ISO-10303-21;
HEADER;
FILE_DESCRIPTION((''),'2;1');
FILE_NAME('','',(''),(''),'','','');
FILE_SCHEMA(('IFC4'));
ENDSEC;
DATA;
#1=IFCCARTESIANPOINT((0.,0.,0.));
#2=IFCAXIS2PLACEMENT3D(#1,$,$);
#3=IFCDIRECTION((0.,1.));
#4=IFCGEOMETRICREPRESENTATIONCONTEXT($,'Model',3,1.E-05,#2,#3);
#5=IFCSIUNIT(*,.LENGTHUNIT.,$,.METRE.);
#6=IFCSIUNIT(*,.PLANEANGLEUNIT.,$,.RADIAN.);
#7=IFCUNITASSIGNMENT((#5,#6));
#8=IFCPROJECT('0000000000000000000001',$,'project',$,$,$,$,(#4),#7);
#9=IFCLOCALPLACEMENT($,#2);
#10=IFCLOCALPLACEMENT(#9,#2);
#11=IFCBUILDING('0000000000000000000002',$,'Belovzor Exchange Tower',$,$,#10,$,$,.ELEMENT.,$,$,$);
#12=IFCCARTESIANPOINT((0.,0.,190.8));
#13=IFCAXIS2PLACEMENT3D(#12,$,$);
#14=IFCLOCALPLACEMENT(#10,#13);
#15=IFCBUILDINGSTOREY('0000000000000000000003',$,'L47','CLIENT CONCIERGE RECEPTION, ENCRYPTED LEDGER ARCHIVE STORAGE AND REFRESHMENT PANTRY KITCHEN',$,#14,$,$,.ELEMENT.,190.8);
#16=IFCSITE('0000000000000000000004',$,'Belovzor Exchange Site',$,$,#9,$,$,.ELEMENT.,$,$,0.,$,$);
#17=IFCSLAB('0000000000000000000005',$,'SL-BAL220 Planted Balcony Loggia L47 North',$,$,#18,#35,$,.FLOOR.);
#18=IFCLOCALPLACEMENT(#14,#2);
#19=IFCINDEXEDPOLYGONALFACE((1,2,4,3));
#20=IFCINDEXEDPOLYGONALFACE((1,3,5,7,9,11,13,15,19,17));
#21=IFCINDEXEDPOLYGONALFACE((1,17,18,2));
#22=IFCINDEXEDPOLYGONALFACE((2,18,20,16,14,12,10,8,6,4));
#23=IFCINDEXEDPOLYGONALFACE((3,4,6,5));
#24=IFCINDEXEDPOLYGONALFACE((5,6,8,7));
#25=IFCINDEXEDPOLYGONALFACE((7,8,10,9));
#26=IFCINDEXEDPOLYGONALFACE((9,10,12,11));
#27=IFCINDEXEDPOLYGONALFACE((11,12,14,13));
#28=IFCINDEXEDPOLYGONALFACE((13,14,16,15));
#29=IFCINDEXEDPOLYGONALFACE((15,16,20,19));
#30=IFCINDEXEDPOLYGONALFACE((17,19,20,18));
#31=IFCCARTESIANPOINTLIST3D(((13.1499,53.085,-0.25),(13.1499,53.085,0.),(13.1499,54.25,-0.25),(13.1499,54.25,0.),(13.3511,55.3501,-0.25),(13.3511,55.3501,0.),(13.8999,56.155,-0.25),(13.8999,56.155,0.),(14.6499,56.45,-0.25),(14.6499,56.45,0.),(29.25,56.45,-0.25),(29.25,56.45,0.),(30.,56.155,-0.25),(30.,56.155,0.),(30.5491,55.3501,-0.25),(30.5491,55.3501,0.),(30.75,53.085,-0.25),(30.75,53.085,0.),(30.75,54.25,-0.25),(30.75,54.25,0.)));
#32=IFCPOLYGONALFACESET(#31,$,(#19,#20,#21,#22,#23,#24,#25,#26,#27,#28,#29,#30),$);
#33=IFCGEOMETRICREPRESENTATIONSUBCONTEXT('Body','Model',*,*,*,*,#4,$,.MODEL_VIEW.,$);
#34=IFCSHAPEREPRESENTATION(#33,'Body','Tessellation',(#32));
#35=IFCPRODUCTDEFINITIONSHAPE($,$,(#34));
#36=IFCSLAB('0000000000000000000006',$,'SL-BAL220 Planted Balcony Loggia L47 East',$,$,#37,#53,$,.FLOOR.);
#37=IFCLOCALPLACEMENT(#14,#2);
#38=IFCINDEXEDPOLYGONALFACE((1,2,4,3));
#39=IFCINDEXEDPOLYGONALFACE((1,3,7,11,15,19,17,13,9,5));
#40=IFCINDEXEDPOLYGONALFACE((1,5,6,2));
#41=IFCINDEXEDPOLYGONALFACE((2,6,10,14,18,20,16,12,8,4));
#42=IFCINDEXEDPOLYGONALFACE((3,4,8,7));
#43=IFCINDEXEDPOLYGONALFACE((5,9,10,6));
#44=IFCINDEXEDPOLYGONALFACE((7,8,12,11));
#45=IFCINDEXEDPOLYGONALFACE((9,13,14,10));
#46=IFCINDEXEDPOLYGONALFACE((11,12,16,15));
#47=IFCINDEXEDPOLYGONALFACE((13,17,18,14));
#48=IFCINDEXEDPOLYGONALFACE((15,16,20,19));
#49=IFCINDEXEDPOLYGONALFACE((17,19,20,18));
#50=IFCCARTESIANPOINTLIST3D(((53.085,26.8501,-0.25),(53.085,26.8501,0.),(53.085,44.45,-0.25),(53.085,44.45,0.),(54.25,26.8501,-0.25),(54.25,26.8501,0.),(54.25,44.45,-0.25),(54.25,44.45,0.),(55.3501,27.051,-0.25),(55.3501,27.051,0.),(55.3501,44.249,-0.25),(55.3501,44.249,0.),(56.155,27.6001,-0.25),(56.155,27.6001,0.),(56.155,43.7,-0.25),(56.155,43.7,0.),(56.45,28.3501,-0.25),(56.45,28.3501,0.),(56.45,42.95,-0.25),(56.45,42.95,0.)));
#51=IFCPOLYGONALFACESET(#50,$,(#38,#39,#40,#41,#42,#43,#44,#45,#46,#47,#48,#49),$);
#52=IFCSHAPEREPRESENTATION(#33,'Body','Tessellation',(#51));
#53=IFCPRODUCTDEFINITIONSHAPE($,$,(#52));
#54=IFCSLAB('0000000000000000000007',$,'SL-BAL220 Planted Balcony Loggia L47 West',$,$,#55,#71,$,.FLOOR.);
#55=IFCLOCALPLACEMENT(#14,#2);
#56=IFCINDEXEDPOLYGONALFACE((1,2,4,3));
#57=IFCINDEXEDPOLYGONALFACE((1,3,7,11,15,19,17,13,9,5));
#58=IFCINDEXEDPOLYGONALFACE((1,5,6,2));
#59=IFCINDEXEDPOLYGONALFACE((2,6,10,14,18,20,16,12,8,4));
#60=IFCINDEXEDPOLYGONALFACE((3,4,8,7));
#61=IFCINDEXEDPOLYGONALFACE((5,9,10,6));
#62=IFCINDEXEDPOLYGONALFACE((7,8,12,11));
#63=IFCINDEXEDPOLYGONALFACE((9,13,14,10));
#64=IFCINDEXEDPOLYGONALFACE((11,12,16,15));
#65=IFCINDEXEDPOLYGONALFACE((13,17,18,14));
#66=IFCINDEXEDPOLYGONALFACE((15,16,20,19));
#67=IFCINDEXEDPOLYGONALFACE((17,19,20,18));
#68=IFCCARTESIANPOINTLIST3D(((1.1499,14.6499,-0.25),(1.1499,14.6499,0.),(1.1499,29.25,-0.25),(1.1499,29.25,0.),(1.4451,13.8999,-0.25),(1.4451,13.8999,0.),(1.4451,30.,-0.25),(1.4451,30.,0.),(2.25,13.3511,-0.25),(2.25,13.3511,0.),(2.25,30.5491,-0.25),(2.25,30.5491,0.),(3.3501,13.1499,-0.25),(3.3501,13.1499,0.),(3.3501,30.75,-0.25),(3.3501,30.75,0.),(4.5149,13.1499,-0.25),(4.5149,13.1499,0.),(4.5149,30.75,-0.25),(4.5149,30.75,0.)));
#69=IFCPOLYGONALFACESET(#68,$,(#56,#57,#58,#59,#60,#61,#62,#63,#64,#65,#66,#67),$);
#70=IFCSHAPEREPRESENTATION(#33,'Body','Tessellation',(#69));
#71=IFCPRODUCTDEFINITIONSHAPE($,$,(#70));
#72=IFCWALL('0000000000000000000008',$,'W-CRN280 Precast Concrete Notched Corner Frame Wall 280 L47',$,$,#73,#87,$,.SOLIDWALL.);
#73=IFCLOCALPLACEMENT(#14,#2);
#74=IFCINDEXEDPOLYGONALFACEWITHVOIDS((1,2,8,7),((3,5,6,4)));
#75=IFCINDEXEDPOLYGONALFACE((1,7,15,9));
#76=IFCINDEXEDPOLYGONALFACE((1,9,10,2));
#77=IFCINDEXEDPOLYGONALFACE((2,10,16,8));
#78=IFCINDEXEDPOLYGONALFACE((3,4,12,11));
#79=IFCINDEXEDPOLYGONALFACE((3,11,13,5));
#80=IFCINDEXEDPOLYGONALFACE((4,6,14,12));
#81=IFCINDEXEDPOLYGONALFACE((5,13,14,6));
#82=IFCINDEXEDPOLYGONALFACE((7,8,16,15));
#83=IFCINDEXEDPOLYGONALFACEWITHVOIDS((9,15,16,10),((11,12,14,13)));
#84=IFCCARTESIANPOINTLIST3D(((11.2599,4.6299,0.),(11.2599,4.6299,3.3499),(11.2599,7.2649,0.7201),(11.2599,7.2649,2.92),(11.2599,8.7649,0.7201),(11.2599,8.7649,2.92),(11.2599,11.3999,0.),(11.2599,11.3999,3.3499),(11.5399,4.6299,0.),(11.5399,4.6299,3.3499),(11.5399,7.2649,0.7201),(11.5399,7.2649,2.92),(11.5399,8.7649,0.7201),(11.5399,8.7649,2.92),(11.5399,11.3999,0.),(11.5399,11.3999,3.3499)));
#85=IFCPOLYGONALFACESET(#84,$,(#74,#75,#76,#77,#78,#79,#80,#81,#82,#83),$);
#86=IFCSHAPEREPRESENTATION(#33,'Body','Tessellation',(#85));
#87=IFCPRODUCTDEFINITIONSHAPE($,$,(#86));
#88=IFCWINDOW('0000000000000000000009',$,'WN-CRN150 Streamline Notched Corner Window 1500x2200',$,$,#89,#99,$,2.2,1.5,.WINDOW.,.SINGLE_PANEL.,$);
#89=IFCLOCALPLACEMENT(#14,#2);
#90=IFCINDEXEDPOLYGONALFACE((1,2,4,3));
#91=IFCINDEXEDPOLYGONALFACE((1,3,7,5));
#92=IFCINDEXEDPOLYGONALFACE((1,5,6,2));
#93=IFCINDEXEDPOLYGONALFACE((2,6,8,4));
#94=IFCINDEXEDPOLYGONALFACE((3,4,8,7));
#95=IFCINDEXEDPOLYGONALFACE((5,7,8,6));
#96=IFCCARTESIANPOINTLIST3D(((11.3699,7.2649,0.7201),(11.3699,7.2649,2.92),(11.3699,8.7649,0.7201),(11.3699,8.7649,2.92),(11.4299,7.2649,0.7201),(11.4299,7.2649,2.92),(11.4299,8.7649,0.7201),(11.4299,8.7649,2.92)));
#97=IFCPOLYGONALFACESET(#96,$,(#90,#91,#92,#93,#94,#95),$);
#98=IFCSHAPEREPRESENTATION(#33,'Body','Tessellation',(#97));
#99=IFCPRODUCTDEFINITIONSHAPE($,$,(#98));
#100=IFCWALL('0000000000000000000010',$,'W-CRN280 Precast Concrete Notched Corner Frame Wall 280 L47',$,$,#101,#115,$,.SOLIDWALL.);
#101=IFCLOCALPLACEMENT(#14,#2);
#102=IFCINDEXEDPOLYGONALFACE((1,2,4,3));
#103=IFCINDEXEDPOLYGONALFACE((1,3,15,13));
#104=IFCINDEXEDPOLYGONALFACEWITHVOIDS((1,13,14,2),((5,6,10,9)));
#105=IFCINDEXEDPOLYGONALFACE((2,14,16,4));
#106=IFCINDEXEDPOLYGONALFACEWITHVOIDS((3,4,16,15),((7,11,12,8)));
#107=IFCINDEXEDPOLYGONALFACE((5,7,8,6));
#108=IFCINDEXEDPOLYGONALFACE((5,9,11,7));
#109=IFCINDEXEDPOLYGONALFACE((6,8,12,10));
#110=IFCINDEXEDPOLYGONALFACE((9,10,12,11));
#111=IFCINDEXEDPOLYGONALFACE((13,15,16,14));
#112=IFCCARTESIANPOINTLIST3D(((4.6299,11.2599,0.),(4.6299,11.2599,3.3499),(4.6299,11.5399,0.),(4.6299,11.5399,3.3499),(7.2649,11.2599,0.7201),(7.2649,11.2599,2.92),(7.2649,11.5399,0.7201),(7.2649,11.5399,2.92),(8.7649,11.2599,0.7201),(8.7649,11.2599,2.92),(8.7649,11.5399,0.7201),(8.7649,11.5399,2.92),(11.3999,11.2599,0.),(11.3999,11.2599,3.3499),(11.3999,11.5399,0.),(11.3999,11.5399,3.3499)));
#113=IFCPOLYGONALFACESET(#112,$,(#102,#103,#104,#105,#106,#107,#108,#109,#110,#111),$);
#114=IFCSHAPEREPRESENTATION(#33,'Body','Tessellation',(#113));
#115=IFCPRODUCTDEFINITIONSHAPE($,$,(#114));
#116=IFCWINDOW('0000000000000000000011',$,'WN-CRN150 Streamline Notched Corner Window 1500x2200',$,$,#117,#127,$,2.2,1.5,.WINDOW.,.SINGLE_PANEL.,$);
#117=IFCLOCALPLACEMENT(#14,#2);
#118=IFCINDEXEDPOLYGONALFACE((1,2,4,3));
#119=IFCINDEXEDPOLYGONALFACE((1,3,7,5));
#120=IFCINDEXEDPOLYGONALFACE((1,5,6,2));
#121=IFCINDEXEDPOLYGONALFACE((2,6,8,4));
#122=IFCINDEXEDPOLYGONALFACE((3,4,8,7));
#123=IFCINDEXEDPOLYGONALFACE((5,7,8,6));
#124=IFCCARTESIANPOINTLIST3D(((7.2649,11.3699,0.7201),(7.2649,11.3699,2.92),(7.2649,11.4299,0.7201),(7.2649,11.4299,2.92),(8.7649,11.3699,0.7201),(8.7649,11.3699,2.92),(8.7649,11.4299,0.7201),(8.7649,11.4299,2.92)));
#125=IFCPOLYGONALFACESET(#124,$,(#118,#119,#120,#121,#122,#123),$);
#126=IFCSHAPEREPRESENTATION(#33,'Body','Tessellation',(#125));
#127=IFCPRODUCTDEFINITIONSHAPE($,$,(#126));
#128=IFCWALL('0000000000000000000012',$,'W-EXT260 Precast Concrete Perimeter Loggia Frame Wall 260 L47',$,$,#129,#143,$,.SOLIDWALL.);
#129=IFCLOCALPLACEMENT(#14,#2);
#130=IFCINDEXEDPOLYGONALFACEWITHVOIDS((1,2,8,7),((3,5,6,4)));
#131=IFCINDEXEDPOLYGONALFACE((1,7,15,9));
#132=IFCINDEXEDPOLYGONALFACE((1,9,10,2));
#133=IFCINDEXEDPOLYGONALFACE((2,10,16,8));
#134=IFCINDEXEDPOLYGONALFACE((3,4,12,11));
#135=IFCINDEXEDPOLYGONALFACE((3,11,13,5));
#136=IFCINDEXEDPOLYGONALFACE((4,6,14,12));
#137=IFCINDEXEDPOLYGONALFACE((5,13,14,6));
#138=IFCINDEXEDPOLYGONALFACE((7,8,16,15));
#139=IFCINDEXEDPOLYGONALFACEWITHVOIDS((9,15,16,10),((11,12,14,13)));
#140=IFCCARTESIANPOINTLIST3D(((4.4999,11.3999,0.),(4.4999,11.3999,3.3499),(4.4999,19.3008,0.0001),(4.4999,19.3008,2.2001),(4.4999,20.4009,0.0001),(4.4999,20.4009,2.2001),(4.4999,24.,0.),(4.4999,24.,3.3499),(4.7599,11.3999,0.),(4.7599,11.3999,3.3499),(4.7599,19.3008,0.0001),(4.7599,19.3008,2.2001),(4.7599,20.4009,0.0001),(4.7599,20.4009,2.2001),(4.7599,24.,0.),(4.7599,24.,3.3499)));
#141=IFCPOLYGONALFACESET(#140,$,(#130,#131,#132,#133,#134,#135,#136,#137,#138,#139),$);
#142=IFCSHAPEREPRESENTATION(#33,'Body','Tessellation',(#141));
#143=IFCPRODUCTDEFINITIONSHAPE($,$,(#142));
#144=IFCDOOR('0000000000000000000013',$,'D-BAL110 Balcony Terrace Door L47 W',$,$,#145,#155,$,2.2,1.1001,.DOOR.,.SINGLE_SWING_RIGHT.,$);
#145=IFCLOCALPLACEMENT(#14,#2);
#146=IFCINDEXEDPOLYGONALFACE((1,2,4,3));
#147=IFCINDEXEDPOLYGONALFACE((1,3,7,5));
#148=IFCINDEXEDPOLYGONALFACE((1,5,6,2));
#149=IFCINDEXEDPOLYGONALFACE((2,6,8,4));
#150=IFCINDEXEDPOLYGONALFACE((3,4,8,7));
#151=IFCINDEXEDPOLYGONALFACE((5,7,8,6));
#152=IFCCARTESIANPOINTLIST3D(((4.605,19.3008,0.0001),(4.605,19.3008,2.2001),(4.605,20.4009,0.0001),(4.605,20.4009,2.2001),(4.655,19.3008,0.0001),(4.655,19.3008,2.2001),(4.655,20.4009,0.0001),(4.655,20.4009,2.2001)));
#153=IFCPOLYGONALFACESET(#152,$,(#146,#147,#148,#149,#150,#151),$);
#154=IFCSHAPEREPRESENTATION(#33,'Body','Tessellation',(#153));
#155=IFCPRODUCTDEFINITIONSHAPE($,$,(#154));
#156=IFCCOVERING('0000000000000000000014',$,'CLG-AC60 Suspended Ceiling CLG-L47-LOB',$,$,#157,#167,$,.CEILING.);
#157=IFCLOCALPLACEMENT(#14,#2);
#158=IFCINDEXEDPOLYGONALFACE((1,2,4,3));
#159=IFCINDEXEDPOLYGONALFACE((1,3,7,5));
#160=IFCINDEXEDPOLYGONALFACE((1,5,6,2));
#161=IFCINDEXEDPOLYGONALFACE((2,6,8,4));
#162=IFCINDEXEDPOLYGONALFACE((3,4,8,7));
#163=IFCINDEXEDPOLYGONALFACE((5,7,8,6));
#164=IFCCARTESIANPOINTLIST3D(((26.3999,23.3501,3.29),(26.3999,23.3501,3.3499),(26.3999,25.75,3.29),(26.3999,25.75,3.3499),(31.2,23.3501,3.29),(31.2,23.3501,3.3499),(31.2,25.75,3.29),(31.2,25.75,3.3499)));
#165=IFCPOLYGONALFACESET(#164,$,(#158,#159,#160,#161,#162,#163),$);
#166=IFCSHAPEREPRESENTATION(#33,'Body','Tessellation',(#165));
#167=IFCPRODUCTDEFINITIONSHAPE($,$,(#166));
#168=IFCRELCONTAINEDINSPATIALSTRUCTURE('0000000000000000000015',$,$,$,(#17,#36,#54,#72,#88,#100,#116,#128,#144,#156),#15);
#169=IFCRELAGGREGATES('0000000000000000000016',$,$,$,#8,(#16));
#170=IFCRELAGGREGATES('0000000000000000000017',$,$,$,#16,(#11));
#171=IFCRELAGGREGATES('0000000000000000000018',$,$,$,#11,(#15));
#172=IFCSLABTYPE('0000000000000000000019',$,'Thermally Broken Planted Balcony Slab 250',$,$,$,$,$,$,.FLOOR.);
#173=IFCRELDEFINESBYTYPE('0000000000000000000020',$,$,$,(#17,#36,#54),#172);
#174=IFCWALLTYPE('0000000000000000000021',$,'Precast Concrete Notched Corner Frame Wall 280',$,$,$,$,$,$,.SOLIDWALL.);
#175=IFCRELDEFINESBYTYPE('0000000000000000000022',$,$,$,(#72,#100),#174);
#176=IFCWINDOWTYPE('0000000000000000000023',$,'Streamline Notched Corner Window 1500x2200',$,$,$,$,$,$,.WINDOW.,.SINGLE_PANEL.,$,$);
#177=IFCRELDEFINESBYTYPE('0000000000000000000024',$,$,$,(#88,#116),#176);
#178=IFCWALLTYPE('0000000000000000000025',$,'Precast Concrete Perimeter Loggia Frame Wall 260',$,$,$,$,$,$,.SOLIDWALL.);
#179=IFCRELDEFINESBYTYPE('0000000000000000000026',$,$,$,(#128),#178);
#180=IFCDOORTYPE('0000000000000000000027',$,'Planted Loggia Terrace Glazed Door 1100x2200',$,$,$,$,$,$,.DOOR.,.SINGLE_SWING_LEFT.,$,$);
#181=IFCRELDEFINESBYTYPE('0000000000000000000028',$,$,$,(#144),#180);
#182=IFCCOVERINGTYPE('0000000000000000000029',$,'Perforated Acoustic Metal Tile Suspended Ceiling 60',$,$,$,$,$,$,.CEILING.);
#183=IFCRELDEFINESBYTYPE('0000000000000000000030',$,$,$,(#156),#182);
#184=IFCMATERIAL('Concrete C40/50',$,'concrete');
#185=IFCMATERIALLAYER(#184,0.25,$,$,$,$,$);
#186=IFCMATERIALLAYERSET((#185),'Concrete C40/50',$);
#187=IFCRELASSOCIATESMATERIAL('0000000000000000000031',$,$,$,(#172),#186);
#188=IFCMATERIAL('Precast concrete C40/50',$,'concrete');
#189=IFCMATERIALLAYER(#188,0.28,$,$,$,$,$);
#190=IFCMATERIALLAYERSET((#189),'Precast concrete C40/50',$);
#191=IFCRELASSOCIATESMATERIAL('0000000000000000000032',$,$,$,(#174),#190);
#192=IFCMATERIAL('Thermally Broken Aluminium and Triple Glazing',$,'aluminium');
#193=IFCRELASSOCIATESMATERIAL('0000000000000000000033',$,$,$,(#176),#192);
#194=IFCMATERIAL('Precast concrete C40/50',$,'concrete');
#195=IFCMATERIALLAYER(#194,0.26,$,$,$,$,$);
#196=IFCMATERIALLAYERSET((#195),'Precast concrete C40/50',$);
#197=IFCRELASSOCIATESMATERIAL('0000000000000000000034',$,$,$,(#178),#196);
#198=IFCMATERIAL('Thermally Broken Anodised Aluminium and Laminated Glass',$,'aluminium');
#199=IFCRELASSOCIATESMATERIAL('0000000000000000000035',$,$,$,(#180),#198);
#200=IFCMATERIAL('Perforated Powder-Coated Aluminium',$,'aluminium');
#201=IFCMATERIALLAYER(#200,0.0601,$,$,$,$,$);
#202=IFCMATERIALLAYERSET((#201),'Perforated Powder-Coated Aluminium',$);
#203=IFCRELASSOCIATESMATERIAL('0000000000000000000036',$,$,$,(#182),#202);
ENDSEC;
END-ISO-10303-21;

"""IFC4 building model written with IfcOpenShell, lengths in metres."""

from ifc_helpers import new_model, si_unit, direction, frame, frame_2d, origin, place, context, subcontext, project, spatial, polyline, rectangle, outline, extrude, material, layer, layer_set, type_object, element, fill, save


model = new_model("IFC4")

# Units and contexts
model_context = context("Model", 3, precision=1e-05, world=origin(), true_north=direction((0.0, 1.0)))
body_context = subcontext(model_context, "Body", "Model", "MODEL_VIEW")
ifc_project = project(units=[si_unit("LENGTHUNIT", "METRE"), si_unit("PLANEANGLEUNIT", "RADIAN")], contexts=[model_context])

# Site, building, storey
site_placement = place(None, origin())
site = spatial("IfcSite", under=ifc_project, at=site_placement, Name="Belovzor Exchange Site", CompositionType="ELEMENT", RefElevation=0.0)
building_placement = place(site_placement, origin())
building = spatial("IfcBuilding", under=site, at=building_placement, Name="Belovzor Exchange Tower", CompositionType="ELEMENT")
storey_placement = place(building_placement, frame((0.0, 0.0, 190.8)))
storey = spatial("IfcBuildingStorey", under=building, at=storey_placement, Name="L47", Description="CLIENT CONCIERGE RECEPTION, ENCRYPTED LEDGER ARCHIVE STORAGE AND REFRESHMENT PANTRY KITCHEN", CompositionType="ELEMENT", Elevation=190.8)

# Slabs
ifc_material_1 = material(Name="Concrete C40/50", Category="concrete")
ifc_layer_1 = layer(ifc_material_1, 0.25)
ifc_layer_set_1 = layer_set([ifc_layer_1], Name="Concrete C40/50")
slab_type_1 = type_object("IfcSlabType", Name="Thermally Broken Planted Balcony Slab 250", PredefinedType="FLOOR", material=ifc_layer_set_1)
slab_1_placement = place(storey_placement, frame((0.0, 0.0, -0.25)))
element("IfcSlab", 1, at=slab_1_placement, inside=storey, type_object=slab_type_1, Name="SL-BAL220 Planted Balcony Loggia L47 North", PredefinedType="FLOOR", context=body_context, shape_type="SweptSolid", body=[
    extrude(outline(polyline([(30.75, 53.085), (30.75, 54.25), (30.5491, 55.3501), (30.0, 56.155), (29.25, 56.45), (14.6499, 56.45), (13.8999, 56.155), (13.3511, 55.3501), (13.1499, 54.25), (13.1499, 53.085), (30.75, 53.085)])), origin(), (0.0, 0.0, 1.0), 0.25),
])
slab_2_placement = place(storey_placement, frame((0.0, 0.0, -0.25)))
element("IfcSlab", 2, at=slab_2_placement, inside=storey, type_object=slab_type_1, Name="SL-BAL220 Planted Balcony Loggia L47 East", PredefinedType="FLOOR", context=body_context, shape_type="SweptSolid", body=[
    extrude(outline(polyline([(53.085, 26.8501), (54.25, 26.8501), (55.3501, 27.051), (56.155, 27.6001), (56.45, 28.3501), (56.45, 42.95), (56.155, 43.7), (55.3501, 44.249), (54.25, 44.45), (53.085, 44.45), (53.085, 26.8501)])), origin(), (0.0, 0.0, 1.0), 0.25),
])
slab_3_placement = place(storey_placement, frame((0.0, 0.0, -0.25)))
element("IfcSlab", 3, at=slab_3_placement, inside=storey, type_object=slab_type_1, Name="SL-BAL220 Planted Balcony Loggia L47 West", PredefinedType="FLOOR", context=body_context, shape_type="SweptSolid", body=[
    extrude(outline(polyline([(4.5149, 30.75), (3.3501, 30.75), (2.25, 30.5491), (1.4451, 30.0), (1.1499, 29.25), (1.1499, 14.6499), (1.4451, 13.8999), (2.25, 13.3511), (3.3501, 13.1499), (4.5149, 13.1499), (4.5149, 30.75)])), origin(), (0.0, 0.0, 1.0), 0.25),
])

# Walls, openings, windows
ifc_material_2 = material(Name="Precast concrete C40/50", Category="concrete")
ifc_layer_2 = layer(ifc_material_2, 0.28)
ifc_layer_set_2 = layer_set([ifc_layer_2], Name="Precast concrete C40/50")
wall_type_1 = type_object("IfcWallType", Name="Precast Concrete Notched Corner Frame Wall 280", PredefinedType="SOLIDWALL", material=ifc_layer_set_2)
wall_1_placement = place(storey_placement, frame((11.3999, 4.6299, 0.0), z_axis=(0.0, 0.0, 1.0), x_axis=(0.0, 1.0, 0.0)))
wall_1 = element("IfcWall", 4, at=wall_1_placement, inside=storey, type_object=wall_type_1, Name="W-CRN280 Precast Concrete Notched Corner Frame Wall 280 L47", PredefinedType="SOLIDWALL", context=body_context, shape_type="SweptSolid", body=[
    extrude(rectangle(XDim=6.77, YDim=0.28, at=frame_2d((3.385, 0.0))), origin(), (0.0, 0.0, 1.0), 3.3499),
])
opening_1_placement = place(wall_1_placement, frame((2.635, 0.0, 0.72)))
opening_1 = element("IfcOpeningElement", 5, at=opening_1_placement, cuts=wall_1, PredefinedType="OPENING", context=body_context, shape_type="SweptSolid", body=[
    extrude(rectangle(XDim=1.5, YDim=2.2, at=frame_2d((0.75, 1.1001))), frame((0.0, 0.1499, 0.0), z_axis=(0.0, -1.0, 0.0), x_axis=(1.0, 0.0, 0.0)), (0.0, 0.0, 1.0), 0.3),
])
ifc_material_3 = material(Name="Thermally Broken Aluminium and Triple Glazing", Category="aluminium")
window_type = type_object("IfcWindowType", Name="Streamline Notched Corner Window 1500x2200", PartitioningType="SINGLE_PANEL", PredefinedType="WINDOW", material=ifc_material_3)
window_1_placement = place(opening_1_placement, origin())
window_1 = element("IfcWindow", 6, at=window_1_placement, inside=storey, type_object=window_type, Name="WN-CRN150 Streamline Notched Corner Window 1500x2200", OverallHeight=2.2, OverallWidth=1.5, PartitioningType="SINGLE_PANEL", PredefinedType="WINDOW", context=body_context, shape_type="SweptSolid", body=[
    extrude(rectangle(XDim=1.5, YDim=2.2, at=frame_2d((0.75, 1.1001))), frame((0.0, 0.03, 0.0), z_axis=(0.0, -1.0, 0.0), x_axis=(1.0, 0.0, 0.0)), (0.0, 0.0, 1.0), 0.0601),
])
fill(opening_1, window_1)
wall_2_placement = place(storey_placement, frame((11.3999, 11.3999, 0.0), z_axis=(0.0, 0.0, 1.0), x_axis=(-1.0, 0.0, 0.0)))
wall_2 = element("IfcWall", 7, at=wall_2_placement, inside=storey, type_object=wall_type_1, Name="W-CRN280 Precast Concrete Notched Corner Frame Wall 280 L47", PredefinedType="SOLIDWALL", context=body_context, shape_type="SweptSolid", body=[
    extrude(rectangle(XDim=6.77, YDim=0.28, at=frame_2d((3.385, 0.0))), origin(), (0.0, 0.0, 1.0), 3.3499),
])
opening_2_placement = place(wall_2_placement, frame((2.635, 0.0, 0.72)))
opening_2 = element("IfcOpeningElement", 8, at=opening_2_placement, cuts=wall_2, PredefinedType="OPENING", context=body_context, shape_type="SweptSolid", body=[
    extrude(rectangle(XDim=1.5, YDim=2.2, at=frame_2d((0.75, 1.1001))), frame((0.0, 0.1499, 0.0), z_axis=(0.0, -1.0, 0.0), x_axis=(1.0, 0.0, 0.0)), (0.0, 0.0, 1.0), 0.3),
])
window_2_placement = place(opening_2_placement, origin())
window_2 = element("IfcWindow", 9, at=window_2_placement, inside=storey, type_object=window_type, Name="WN-CRN150 Streamline Notched Corner Window 1500x2200", OverallHeight=2.2, OverallWidth=1.5, PartitioningType="SINGLE_PANEL", PredefinedType="WINDOW", context=body_context, shape_type="SweptSolid", body=[
    extrude(rectangle(XDim=1.5, YDim=2.2, at=frame_2d((0.75, 1.1001))), frame((0.0, 0.03, 0.0), z_axis=(0.0, -1.0, 0.0), x_axis=(1.0, 0.0, 0.0)), (0.0, 0.0, 1.0), 0.0601),
])
fill(opening_2, window_2)

# Wall, opening, door
ifc_material_4 = material(Name="Precast concrete C40/50", Category="concrete")
ifc_layer_3 = layer(ifc_material_4, 0.26)
ifc_layer_set_3 = layer_set([ifc_layer_3], Name="Precast concrete C40/50")
wall_type_2 = type_object("IfcWallType", Name="Precast Concrete Perimeter Loggia Frame Wall 260", PredefinedType="SOLIDWALL", material=ifc_layer_set_3)
wall_3_placement = place(storey_placement, frame((4.6299, 11.3999, 0.0), z_axis=(0.0, 0.0, 1.0), x_axis=(0.0, 1.0, 0.0)))
wall_3 = element("IfcWall", 10, at=wall_3_placement, inside=storey, type_object=wall_type_2, Name="W-EXT260 Precast Concrete Perimeter Loggia Frame Wall 260 L47", PredefinedType="SOLIDWALL", context=body_context, shape_type="SweptSolid", body=[
    extrude(rectangle(XDim=12.6001, YDim=0.26, at=frame_2d((6.3, 0.0))), origin(), (0.0, 0.0, 1.0), 3.3499),
])
opening_3_placement = place(wall_3_placement, frame((7.9009, 0.0, 0.0)))
opening_3 = element("IfcOpeningElement", 11, at=opening_3_placement, cuts=wall_3, PredefinedType="OPENING", context=body_context, shape_type="SweptSolid", body=[
    extrude(rectangle(XDim=1.1001, YDim=2.2, at=frame_2d((0.55, 1.1001))), frame((0.0, 0.1399, 0.0), z_axis=(0.0, -1.0, 0.0), x_axis=(1.0, 0.0, 0.0)), (0.0, 0.0, 1.0), 0.28),
])
ifc_material_5 = material(Name="Thermally Broken Anodised Aluminium and Laminated Glass", Category="aluminium")
door_type = type_object("IfcDoorType", Name="Planted Loggia Terrace Glazed Door 1100x2200", OperationType="SINGLE_SWING_LEFT", PredefinedType="DOOR", material=ifc_material_5)
door_placement = place(opening_3_placement, origin())
door = element("IfcDoor", 12, at=door_placement, inside=storey, type_object=door_type, Name="D-BAL110 Balcony Terrace Door L47 W", OperationType="SINGLE_SWING_RIGHT", OverallHeight=2.2, OverallWidth=1.1001, PredefinedType="DOOR", context=body_context, shape_type="SweptSolid", body=[
    extrude(rectangle(XDim=1.1001, YDim=2.2, at=frame_2d((0.55, 1.1001))), frame((0.0, 0.0249, 0.0), z_axis=(0.0, -1.0, 0.0), x_axis=(1.0, 0.0, 0.0)), (0.0, 0.0, 1.0), 0.05),
])
fill(opening_3, door)

# Covering
ifc_material_6 = material(Name="Perforated Powder-Coated Aluminium", Category="aluminium")
ifc_layer_4 = layer(ifc_material_6, 0.0601)
ifc_layer_set_4 = layer_set([ifc_layer_4], Name="Perforated Powder-Coated Aluminium")
covering_type_1 = type_object("IfcCoveringType", Name="Perforated Acoustic Metal Tile Suspended Ceiling 60", PredefinedType="CEILING", material=ifc_layer_set_4)
covering_1_placement = place(storey_placement, frame((0.0, 0.0, 3.29)))
element("IfcCovering", 13, at=covering_1_placement, inside=storey, type_object=covering_type_1, Name="CLG-AC60 Suspended Ceiling CLG-L47-LOB", PredefinedType="CEILING", context=body_context, shape_type="SweptSolid", body=[
    extrude(outline(polyline([(26.3999, 23.3501), (31.2, 23.3501), (31.2, 25.75), (26.3999, 25.75), (26.3999, 23.3501)])), origin(), (0.0, 0.0, 1.0), 0.0598),
])

save(model, "model.ifc")
